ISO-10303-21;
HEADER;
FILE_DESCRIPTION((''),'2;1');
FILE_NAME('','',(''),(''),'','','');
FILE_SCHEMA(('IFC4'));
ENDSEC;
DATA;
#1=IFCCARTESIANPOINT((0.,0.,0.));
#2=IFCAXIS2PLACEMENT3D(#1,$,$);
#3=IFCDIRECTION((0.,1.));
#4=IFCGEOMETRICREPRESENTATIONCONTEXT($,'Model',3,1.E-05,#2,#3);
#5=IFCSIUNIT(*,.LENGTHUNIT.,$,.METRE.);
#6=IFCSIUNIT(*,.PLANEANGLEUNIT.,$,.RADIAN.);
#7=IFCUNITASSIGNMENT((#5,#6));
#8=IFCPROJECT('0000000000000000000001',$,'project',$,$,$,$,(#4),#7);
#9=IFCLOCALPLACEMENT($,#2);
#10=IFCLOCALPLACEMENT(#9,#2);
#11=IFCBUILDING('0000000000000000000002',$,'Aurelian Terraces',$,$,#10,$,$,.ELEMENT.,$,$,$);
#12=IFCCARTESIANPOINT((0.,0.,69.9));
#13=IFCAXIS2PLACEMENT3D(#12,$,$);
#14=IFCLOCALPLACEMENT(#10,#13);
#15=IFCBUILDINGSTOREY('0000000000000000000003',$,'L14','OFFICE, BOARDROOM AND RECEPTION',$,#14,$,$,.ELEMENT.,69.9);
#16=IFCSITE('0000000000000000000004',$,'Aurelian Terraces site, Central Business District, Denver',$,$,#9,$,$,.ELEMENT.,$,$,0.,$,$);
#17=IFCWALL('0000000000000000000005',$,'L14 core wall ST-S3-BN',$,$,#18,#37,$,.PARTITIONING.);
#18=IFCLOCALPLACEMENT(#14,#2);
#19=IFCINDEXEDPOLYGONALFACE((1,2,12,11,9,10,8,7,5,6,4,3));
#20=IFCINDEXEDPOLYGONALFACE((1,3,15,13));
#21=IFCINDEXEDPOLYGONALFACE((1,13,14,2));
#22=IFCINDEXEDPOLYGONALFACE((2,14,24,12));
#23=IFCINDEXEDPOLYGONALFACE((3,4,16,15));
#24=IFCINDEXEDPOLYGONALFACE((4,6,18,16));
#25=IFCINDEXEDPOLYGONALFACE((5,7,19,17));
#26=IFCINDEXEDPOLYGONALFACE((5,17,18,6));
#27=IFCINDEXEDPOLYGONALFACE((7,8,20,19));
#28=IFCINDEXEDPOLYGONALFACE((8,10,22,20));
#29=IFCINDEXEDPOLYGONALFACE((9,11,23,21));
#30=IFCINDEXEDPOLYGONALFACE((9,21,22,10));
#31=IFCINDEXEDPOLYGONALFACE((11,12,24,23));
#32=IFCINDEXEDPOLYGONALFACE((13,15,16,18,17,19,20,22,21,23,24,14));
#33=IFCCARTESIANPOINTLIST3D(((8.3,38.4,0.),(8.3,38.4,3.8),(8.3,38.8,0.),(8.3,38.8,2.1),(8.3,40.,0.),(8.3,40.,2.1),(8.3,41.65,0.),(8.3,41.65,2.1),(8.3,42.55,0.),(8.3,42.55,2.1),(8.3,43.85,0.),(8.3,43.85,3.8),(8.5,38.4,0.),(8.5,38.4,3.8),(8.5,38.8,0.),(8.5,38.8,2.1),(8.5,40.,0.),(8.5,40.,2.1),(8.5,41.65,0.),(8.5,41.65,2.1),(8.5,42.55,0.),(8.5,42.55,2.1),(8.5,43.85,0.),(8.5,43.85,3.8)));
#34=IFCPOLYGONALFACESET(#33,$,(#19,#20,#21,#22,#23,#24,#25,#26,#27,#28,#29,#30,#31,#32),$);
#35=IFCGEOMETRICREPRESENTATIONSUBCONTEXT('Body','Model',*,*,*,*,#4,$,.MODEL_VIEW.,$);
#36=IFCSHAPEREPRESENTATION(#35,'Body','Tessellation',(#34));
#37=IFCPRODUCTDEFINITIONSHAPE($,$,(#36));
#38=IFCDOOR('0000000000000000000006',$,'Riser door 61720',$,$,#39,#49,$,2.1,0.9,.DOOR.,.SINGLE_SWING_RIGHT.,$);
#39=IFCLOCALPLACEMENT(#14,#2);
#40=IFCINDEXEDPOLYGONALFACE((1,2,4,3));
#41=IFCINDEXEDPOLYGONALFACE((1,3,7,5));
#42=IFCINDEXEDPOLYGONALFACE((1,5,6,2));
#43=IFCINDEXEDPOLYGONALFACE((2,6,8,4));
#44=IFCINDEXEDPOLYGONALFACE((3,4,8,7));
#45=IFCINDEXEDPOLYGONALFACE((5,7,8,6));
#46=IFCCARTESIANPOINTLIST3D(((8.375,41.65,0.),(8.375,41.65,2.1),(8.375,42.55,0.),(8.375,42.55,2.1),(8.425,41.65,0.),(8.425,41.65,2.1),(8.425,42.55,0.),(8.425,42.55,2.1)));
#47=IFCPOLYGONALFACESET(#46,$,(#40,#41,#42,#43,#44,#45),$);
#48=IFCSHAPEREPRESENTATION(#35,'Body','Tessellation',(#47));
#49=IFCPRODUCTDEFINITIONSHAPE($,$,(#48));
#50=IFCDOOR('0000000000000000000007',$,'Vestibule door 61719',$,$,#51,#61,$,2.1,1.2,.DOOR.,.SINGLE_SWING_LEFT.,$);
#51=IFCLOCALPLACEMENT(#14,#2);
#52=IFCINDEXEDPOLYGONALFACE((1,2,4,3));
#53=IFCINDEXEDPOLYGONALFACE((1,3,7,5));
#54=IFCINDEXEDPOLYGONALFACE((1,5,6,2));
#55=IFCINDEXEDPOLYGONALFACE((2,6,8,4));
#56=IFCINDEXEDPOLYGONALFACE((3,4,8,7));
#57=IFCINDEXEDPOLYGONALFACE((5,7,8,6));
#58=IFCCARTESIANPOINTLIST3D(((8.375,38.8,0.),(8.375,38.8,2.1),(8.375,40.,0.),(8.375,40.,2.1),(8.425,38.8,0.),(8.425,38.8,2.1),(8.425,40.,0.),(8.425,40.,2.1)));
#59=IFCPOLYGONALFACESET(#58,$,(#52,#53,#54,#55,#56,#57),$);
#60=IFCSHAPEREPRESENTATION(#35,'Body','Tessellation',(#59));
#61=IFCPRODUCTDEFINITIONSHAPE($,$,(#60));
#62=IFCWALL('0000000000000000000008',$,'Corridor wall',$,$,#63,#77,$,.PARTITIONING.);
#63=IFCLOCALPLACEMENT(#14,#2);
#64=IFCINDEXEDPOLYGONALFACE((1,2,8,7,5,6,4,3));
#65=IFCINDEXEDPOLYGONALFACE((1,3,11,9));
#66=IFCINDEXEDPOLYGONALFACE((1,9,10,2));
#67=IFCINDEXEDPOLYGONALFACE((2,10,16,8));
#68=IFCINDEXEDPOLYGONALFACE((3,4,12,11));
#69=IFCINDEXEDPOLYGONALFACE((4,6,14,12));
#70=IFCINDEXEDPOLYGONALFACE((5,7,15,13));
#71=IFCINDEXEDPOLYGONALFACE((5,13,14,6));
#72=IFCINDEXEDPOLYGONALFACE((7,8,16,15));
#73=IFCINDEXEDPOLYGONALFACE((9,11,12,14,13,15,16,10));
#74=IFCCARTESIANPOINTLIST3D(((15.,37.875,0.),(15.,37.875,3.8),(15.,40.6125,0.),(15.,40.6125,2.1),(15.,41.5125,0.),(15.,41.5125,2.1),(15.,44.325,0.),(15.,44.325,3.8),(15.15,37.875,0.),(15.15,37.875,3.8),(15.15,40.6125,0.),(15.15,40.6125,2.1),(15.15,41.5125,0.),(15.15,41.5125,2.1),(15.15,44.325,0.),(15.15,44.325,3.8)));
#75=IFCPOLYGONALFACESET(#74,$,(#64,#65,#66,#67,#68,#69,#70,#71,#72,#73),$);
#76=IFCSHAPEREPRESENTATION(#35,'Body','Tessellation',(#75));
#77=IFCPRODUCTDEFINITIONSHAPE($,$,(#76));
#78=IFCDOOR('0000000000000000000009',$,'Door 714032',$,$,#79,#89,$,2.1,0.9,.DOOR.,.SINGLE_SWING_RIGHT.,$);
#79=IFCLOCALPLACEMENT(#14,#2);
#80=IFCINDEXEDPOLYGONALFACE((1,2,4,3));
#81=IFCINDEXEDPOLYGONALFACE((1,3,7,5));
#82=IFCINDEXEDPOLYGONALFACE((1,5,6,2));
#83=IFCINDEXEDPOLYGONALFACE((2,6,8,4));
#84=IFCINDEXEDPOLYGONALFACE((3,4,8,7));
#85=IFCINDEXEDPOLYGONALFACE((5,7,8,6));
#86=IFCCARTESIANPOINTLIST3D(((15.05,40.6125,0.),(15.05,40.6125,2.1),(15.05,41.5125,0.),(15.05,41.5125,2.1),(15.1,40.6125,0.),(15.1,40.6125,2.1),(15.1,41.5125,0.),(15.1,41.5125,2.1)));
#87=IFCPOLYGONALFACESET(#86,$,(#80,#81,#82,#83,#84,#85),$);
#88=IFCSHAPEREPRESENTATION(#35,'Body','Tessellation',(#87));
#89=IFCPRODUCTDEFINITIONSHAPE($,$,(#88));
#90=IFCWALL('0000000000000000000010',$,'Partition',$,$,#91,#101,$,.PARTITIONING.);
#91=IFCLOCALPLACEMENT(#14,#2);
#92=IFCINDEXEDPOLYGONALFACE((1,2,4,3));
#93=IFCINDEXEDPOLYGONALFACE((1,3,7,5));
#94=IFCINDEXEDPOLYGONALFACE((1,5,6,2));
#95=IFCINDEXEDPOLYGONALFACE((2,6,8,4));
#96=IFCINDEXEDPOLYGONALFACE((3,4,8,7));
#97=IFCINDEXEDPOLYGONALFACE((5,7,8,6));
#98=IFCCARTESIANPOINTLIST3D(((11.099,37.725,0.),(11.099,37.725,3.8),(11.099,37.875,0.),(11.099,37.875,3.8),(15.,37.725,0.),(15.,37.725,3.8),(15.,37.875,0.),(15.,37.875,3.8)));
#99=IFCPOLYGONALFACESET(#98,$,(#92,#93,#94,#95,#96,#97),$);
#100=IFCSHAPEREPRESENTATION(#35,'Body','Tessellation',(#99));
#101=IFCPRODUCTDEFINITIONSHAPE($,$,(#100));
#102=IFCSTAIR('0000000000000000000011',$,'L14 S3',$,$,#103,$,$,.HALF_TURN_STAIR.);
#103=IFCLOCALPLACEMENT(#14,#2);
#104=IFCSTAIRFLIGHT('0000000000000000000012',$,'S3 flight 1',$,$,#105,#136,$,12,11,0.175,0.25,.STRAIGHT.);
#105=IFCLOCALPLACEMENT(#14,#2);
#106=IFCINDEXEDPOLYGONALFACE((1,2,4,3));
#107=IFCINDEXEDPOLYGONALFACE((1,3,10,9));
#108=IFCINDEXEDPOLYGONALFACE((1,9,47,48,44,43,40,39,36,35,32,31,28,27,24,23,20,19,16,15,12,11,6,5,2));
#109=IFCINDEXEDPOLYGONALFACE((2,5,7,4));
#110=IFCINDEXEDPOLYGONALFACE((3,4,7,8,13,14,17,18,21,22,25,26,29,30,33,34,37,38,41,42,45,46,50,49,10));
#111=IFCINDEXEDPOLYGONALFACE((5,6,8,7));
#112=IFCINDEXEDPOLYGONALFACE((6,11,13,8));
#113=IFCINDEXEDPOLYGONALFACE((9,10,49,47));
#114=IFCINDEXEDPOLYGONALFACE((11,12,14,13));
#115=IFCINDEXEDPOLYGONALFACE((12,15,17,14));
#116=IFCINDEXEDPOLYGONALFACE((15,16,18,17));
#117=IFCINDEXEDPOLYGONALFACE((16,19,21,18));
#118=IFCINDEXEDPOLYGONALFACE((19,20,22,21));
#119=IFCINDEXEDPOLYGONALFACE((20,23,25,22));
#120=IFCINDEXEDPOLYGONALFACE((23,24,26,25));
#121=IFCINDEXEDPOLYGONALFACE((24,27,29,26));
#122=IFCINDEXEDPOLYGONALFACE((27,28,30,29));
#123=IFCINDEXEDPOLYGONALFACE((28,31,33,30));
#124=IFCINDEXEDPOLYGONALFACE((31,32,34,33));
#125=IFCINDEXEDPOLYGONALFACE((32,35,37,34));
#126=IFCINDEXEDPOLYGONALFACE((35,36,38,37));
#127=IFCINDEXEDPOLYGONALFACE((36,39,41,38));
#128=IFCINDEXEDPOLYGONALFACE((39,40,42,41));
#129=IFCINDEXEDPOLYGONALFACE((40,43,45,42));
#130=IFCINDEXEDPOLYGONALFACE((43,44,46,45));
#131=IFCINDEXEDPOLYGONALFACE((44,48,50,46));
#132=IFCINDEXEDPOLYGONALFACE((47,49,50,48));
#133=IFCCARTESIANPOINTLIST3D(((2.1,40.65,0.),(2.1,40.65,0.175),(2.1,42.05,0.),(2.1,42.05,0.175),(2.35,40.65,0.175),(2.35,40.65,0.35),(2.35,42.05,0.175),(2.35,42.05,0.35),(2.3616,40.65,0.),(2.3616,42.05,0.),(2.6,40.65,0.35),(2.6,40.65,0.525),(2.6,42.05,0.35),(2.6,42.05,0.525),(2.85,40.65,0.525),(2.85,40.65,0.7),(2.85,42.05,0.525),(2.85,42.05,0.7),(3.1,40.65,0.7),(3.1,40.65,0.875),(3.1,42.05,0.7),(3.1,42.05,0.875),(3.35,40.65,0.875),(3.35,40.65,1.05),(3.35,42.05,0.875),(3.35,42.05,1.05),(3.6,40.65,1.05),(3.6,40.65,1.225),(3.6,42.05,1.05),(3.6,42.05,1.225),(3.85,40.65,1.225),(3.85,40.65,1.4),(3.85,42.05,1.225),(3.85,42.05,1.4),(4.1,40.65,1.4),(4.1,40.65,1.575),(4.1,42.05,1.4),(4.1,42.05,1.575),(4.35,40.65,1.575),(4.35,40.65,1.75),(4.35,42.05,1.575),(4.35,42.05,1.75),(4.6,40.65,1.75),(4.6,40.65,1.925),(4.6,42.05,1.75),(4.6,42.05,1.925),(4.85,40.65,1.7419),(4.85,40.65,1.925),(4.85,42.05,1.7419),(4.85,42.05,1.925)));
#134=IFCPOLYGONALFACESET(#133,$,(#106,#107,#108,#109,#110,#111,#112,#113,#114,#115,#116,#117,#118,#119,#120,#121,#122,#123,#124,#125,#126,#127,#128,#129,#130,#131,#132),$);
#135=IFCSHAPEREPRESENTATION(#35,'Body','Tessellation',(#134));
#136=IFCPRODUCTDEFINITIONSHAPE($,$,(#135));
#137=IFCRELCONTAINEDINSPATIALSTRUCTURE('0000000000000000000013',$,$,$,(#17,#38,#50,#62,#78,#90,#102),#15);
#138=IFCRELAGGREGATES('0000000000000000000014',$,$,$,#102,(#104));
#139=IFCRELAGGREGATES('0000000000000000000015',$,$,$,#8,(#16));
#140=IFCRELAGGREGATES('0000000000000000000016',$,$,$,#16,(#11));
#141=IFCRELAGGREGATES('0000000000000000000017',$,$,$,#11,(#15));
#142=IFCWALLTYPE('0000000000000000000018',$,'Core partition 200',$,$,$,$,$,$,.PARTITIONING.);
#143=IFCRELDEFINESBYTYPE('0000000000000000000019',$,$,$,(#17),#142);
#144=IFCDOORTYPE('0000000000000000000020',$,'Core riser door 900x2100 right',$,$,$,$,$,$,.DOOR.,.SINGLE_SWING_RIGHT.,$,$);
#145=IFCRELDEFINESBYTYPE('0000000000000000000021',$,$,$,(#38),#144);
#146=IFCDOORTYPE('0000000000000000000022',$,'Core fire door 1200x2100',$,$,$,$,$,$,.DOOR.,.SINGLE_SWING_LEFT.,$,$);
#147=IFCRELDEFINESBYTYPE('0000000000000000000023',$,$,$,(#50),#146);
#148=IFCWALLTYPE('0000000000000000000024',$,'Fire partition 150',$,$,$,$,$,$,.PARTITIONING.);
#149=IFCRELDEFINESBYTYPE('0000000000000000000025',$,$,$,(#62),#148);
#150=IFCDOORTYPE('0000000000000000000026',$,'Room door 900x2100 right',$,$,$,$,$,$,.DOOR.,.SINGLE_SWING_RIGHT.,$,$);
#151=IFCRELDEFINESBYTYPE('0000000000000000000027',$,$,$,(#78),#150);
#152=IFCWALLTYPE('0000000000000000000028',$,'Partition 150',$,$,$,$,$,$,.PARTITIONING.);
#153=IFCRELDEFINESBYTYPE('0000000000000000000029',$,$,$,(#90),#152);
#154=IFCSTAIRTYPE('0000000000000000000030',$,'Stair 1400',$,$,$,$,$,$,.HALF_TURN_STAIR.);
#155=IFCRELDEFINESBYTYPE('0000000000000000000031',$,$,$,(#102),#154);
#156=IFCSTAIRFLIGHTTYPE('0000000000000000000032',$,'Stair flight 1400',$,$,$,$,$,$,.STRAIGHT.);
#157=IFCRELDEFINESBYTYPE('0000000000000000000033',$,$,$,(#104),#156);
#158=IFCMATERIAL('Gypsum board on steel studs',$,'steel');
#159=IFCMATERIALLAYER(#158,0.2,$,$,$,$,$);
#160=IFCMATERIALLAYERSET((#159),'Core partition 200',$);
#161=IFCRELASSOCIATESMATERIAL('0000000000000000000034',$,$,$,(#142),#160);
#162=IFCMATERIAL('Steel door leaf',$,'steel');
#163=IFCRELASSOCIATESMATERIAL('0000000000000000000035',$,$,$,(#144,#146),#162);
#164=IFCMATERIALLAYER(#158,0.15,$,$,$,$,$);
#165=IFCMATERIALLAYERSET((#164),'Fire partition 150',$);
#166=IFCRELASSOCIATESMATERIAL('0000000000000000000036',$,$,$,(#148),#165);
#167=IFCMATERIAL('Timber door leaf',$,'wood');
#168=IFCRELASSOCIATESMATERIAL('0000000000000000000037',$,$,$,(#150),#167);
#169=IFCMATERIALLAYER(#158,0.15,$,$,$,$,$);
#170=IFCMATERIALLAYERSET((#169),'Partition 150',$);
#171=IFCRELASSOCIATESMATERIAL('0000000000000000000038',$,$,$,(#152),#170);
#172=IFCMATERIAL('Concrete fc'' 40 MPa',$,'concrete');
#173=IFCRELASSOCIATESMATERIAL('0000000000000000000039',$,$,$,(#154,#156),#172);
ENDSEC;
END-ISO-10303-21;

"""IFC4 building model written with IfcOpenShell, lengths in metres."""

from ifc_helpers import new_model, si_unit, direction, frame, frame_2d, origin, place, context, subcontext, project, spatial, polyline, rectangle, outline, extrude, source, transform, mapped, material, layer, layer_set, type_object, element, fill, aggregate, save


model = new_model("IFC4")

# Units and contexts
model_context = context("Model", 3, precision=1e-05, world=origin(), true_north=direction((0.0, 1.0)))
body_context = subcontext(model_context, "Body", "Model", "MODEL_VIEW")
ifc_project = project(units=[si_unit("LENGTHUNIT", "METRE"), si_unit("PLANEANGLEUNIT", "RADIAN")], contexts=[model_context])

# Site, building, storey
site_placement = place(None, origin())
site = spatial("IfcSite", under=ifc_project, at=site_placement, Name="Aurelian Terraces site, Central Business District, Denver", CompositionType="ELEMENT", RefElevation=0.0)
building_placement = place(site_placement, origin())
building = spatial("IfcBuilding", under=site, at=building_placement, Name="Aurelian Terraces", CompositionType="ELEMENT")
storey_placement = place(building_placement, frame((0.0, 0.0, 69.9)))
storey = spatial("IfcBuildingStorey", under=building, at=storey_placement, Name="L14", Description="OFFICE, BOARDROOM AND RECEPTION", CompositionType="ELEMENT", Elevation=69.9)

# Shared definitions
ifc_material_1 = material(Name="Concrete fc' 40 MPa", Category="concrete")
ifc_material_2 = material(Name="Steel door leaf", Category="steel")

# Shared definitions
ifc_material_3 = material(Name="Gypsum board on steel studs", Category="steel")
ifc_layer_1 = layer(ifc_material_3, 0.2)
ifc_layer_set_1 = layer_set([ifc_layer_1], Name="Core partition 200")
wall_type_1 = type_object("IfcWallType", Name="Core partition 200", PredefinedType="PARTITIONING", material=ifc_layer_set_1)

# Wall, openings, doors
shared_shape_1 = source(origin(), body_context, "Body", "SweptSolid", [
    extrude(rectangle(XDim=5.45, YDim=0.2, at=frame_2d((2.725, 0.0))), origin(), (0.0, 0.0, 1.0), 3.8),
])
wall_1_placement = place(storey_placement, frame((8.4, 38.4, 0.0), z_axis=(0.0, 0.0, 1.0), x_axis=(0.0, 1.0, 0.0)))
wall_1 = element("IfcWall", 1, at=wall_1_placement, inside=storey, type_object=wall_type_1, Name="L14 core wall ST-S3-BN", PredefinedType="PARTITIONING", context=body_context, shape_type="MappedRepresentation", body=[
    mapped(shared_shape_1, transform((0.0, 0.0, 0.0), scale=1.0)),
])
shared_shape_2 = source(origin(), body_context, "Body", "SweptSolid", [
    extrude(rectangle(XDim=1.2, YDim=2.1, at=frame_2d((0.6, 1.05))), frame((0.0, 0.11, 0.0), z_axis=(0.0, -1.0, 0.0), x_axis=(1.0, 0.0, 0.0)), (0.0, 0.0, 1.0), 0.22),
])
opening_1_placement = place(wall_1_placement, frame((0.4, 0.0, 0.0)))
opening_1 = element("IfcOpeningElement", 2, at=opening_1_placement, cuts=wall_1, PredefinedType="OPENING", context=body_context, shape_type="MappedRepresentation", body=[
    mapped(shared_shape_2, transform((0.0, 0.0, 0.0), scale=1.0)),
])
shared_shape_3 = source(origin(), body_context, "Body", "SweptSolid", [
    extrude(rectangle(XDim=0.9, YDim=2.1, at=frame_2d((0.45, 1.05))), frame((0.0, 0.11, 0.0), z_axis=(0.0, -1.0, 0.0), x_axis=(1.0, 0.0, 0.0)), (0.0, 0.0, 1.0), 0.22),
])
opening_2_placement = place(wall_1_placement, frame((3.25, 0.0, 0.0)))
opening_2 = element("IfcOpeningElement", 3, at=opening_2_placement, cuts=wall_1, PredefinedType="OPENING", context=body_context, shape_type="MappedRepresentation", body=[
    mapped(shared_shape_3, transform((0.0, 0.0, 0.0), scale=1.0)),
])
door_type_1 = type_object("IfcDoorType", Name="Core riser door 900x2100 right", OperationType="SINGLE_SWING_RIGHT", PredefinedType="DOOR", material=ifc_material_2)
shared_shape_4 = source(origin(), body_context, "Body", "SweptSolid", [
    extrude(rectangle(XDim=0.9, YDim=2.1, at=frame_2d((0.45, 1.05))), frame((0.0, 0.025, 0.0), z_axis=(0.0, -1.0, 0.0), x_axis=(1.0, 0.0, 0.0)), (0.0, 0.0, 1.0), 0.05),
])
door_1_placement = place(opening_2_placement, origin())
door_1 = element("IfcDoor", 4, at=door_1_placement, inside=storey, type_object=door_type_1, Name="Riser door 61720", OperationType="SINGLE_SWING_RIGHT", OverallHeight=2.1, OverallWidth=0.9, PredefinedType="DOOR", context=body_context, shape_type="MappedRepresentation", body=[
    mapped(shared_shape_4, transform((0.0, 0.0, 0.0), scale=1.0)),
])
fill(opening_2, door_1)
door_type_2 = type_object("IfcDoorType", Name="Core fire door 1200x2100", OperationType="SINGLE_SWING_LEFT", PredefinedType="DOOR", material=ifc_material_2)
shared_shape_5 = source(origin(), body_context, "Body", "SweptSolid", [
    extrude(rectangle(XDim=1.2, YDim=2.1, at=frame_2d((0.6, 1.05))), frame((0.0, 0.025, 0.0), z_axis=(0.0, -1.0, 0.0), x_axis=(1.0, 0.0, 0.0)), (0.0, 0.0, 1.0), 0.05),
])
door_2_placement = place(opening_1_placement, origin())
door_2 = element("IfcDoor", 5, at=door_2_placement, inside=storey, type_object=door_type_2, Name="Vestibule door 61719", OperationType="SINGLE_SWING_LEFT", OverallHeight=2.1, OverallWidth=1.2, PredefinedType="DOOR", context=body_context, shape_type="MappedRepresentation", body=[
    mapped(shared_shape_5, transform((0.0, 0.0, 0.0), scale=1.0)),
])
fill(opening_1, door_2)

# Wall, opening, door
ifc_layer_2 = layer(ifc_material_3, 0.15)
ifc_layer_set_2 = layer_set([ifc_layer_2], Name="Fire partition 150")
wall_type_2 = type_object("IfcWallType", Name="Fire partition 150", PredefinedType="PARTITIONING", material=ifc_layer_set_2)
shared_shape_6 = source(origin(), body_context, "Body", "SweptSolid", [
    extrude(rectangle(XDim=6.45, YDim=0.15, at=frame_2d((3.225, 0.0))), origin(), (0.0, 0.0, 1.0), 3.8),
])
wall_2_placement = place(storey_placement, frame((15.075, 37.875, 0.0), z_axis=(0.0, 0.0, 1.0), x_axis=(0.0, 1.0, 0.0)))
wall_2 = element("IfcWall", 6, at=wall_2_placement, inside=storey, type_object=wall_type_2, Name="Corridor wall", PredefinedType="PARTITIONING", context=body_context, shape_type="MappedRepresentation", body=[
    mapped(shared_shape_6, transform((0.0, 0.0, 0.0), scale=1.0)),
])
shared_shape_7 = source(origin(), body_context, "Body", "SweptSolid", [
    extrude(rectangle(XDim=0.9, YDim=2.1, at=frame_2d((0.45, 1.05))), frame((0.0, 0.085, 0.0), z_axis=(0.0, -1.0, 0.0), x_axis=(1.0, 0.0, 0.0)), (0.0, 0.0, 1.0), 0.17),
])
opening_3_placement = place(wall_2_placement, frame((2.7375, 0.0, 0.0)))
opening_3 = element("IfcOpeningElement", 7, at=opening_3_placement, cuts=wall_2, PredefinedType="OPENING", context=body_context, shape_type="MappedRepresentation", body=[
    mapped(shared_shape_7, transform((0.0, 0.0, 0.0), scale=1.0)),
])
ifc_material_4 = material(Name="Timber door leaf", Category="wood")
door_type_3 = type_object("IfcDoorType", Name="Room door 900x2100 right", OperationType="SINGLE_SWING_RIGHT", PredefinedType="DOOR", material=ifc_material_4)
door_3_placement = place(opening_3_placement, origin())
door_3 = element("IfcDoor", 8, at=door_3_placement, inside=storey, type_object=door_type_3, Name="Door 714032", OperationType="SINGLE_SWING_RIGHT", OverallHeight=2.1, OverallWidth=0.9, PredefinedType="DOOR", context=body_context, shape_type="MappedRepresentation", body=[
    mapped(shared_shape_4, transform((0.0, 0.0, 0.0), scale=1.0)),
])
fill(opening_3, door_3)

# Wall
ifc_layer_3 = layer(ifc_material_3, 0.15)
ifc_layer_set_3 = layer_set([ifc_layer_3], Name="Partition 150")
wall_type_3 = type_object("IfcWallType", Name="Partition 150", PredefinedType="PARTITIONING", material=ifc_layer_set_3)
shared_shape_8 = source(origin(), body_context, "Body", "SweptSolid", [
    extrude(rectangle(XDim=3.901, YDim=0.15, at=frame_2d((1.9505, 0.0))), origin(), (0.0, 0.0, 1.0), 3.8),
])
wall_3_placement = place(storey_placement, frame((15.0, 37.8, 0.0), z_axis=(0.0, 0.0, 1.0), x_axis=(-1.0, 0.0, 0.0)))
element("IfcWall", 9, at=wall_3_placement, inside=storey, type_object=wall_type_3, Name="Partition", PredefinedType="PARTITIONING", context=body_context, shape_type="MappedRepresentation", body=[
    mapped(shared_shape_8, transform((0.0, 0.0, 0.0), scale=1.0)),
])

# Stair, stair flight
stair_type = type_object("IfcStairType", Name="Stair 1400", PredefinedType="HALF_TURN_STAIR", material=ifc_material_1)
stair_placement = place(storey_placement, origin())
stair = element("IfcStair", 10, at=stair_placement, inside=storey, type_object=stair_type, Name="L14 S3", PredefinedType="HALF_TURN_STAIR")
stair_flight_type = type_object("IfcStairFlightType", Name="Stair flight 1400", PredefinedType="STRAIGHT", material=ifc_material_1)
shared_shape_9 = source(origin(), body_context, "Body", "SweptSolid", [
    extrude(outline(polyline([(0.0, 0.0), (0.0, 0.175), (0.25, 0.175), (0.25, 0.35), (0.5, 0.35), (0.5, 0.525), (0.75, 0.525), (0.75, 0.7), (1.0, 0.7), (1.0, 0.875), (1.25, 0.875), (1.25, 1.05), (1.5, 1.05), (1.5, 1.225), (1.75, 1.225), (1.75, 1.4), (2.0, 1.4), (2.0, 1.575), (2.25, 1.575), (2.25, 1.75), (2.5, 1.75), (2.5, 1.925), (2.75, 1.925), (2.75, 2.1), (2.75, 1.7419), (0.2616, 0.0), (0.0, 0.0)])), frame((0.0, 0.7, 0.0), z_axis=(0.0, -1.0, 0.0), x_axis=(1.0, 0.0, 0.0)), (0.0, 0.0, 1.0), 1.4),
])
stair_flight_placement = place(storey_placement, frame((2.1, 41.35, 0.0), z_axis=(0.0, 0.0, 1.0), x_axis=(1.0, 0.0, 0.0)))
stair_flight = element("IfcStairFlight", 11, at=stair_flight_placement, type_object=stair_flight_type, Name="S3 flight 1", NumberOfRisers=12, NumberOfTreads=11, PredefinedType="STRAIGHT", RiserHeight=0.175, TreadLength=0.25, context=body_context, shape_type="MappedRepresentation", body=[
    mapped(shared_shape_9, transform((0.0, 0.0, 0.0), scale=1.0)),
])
aggregate(stair, [stair_flight])

save(model, "model.ifc")
